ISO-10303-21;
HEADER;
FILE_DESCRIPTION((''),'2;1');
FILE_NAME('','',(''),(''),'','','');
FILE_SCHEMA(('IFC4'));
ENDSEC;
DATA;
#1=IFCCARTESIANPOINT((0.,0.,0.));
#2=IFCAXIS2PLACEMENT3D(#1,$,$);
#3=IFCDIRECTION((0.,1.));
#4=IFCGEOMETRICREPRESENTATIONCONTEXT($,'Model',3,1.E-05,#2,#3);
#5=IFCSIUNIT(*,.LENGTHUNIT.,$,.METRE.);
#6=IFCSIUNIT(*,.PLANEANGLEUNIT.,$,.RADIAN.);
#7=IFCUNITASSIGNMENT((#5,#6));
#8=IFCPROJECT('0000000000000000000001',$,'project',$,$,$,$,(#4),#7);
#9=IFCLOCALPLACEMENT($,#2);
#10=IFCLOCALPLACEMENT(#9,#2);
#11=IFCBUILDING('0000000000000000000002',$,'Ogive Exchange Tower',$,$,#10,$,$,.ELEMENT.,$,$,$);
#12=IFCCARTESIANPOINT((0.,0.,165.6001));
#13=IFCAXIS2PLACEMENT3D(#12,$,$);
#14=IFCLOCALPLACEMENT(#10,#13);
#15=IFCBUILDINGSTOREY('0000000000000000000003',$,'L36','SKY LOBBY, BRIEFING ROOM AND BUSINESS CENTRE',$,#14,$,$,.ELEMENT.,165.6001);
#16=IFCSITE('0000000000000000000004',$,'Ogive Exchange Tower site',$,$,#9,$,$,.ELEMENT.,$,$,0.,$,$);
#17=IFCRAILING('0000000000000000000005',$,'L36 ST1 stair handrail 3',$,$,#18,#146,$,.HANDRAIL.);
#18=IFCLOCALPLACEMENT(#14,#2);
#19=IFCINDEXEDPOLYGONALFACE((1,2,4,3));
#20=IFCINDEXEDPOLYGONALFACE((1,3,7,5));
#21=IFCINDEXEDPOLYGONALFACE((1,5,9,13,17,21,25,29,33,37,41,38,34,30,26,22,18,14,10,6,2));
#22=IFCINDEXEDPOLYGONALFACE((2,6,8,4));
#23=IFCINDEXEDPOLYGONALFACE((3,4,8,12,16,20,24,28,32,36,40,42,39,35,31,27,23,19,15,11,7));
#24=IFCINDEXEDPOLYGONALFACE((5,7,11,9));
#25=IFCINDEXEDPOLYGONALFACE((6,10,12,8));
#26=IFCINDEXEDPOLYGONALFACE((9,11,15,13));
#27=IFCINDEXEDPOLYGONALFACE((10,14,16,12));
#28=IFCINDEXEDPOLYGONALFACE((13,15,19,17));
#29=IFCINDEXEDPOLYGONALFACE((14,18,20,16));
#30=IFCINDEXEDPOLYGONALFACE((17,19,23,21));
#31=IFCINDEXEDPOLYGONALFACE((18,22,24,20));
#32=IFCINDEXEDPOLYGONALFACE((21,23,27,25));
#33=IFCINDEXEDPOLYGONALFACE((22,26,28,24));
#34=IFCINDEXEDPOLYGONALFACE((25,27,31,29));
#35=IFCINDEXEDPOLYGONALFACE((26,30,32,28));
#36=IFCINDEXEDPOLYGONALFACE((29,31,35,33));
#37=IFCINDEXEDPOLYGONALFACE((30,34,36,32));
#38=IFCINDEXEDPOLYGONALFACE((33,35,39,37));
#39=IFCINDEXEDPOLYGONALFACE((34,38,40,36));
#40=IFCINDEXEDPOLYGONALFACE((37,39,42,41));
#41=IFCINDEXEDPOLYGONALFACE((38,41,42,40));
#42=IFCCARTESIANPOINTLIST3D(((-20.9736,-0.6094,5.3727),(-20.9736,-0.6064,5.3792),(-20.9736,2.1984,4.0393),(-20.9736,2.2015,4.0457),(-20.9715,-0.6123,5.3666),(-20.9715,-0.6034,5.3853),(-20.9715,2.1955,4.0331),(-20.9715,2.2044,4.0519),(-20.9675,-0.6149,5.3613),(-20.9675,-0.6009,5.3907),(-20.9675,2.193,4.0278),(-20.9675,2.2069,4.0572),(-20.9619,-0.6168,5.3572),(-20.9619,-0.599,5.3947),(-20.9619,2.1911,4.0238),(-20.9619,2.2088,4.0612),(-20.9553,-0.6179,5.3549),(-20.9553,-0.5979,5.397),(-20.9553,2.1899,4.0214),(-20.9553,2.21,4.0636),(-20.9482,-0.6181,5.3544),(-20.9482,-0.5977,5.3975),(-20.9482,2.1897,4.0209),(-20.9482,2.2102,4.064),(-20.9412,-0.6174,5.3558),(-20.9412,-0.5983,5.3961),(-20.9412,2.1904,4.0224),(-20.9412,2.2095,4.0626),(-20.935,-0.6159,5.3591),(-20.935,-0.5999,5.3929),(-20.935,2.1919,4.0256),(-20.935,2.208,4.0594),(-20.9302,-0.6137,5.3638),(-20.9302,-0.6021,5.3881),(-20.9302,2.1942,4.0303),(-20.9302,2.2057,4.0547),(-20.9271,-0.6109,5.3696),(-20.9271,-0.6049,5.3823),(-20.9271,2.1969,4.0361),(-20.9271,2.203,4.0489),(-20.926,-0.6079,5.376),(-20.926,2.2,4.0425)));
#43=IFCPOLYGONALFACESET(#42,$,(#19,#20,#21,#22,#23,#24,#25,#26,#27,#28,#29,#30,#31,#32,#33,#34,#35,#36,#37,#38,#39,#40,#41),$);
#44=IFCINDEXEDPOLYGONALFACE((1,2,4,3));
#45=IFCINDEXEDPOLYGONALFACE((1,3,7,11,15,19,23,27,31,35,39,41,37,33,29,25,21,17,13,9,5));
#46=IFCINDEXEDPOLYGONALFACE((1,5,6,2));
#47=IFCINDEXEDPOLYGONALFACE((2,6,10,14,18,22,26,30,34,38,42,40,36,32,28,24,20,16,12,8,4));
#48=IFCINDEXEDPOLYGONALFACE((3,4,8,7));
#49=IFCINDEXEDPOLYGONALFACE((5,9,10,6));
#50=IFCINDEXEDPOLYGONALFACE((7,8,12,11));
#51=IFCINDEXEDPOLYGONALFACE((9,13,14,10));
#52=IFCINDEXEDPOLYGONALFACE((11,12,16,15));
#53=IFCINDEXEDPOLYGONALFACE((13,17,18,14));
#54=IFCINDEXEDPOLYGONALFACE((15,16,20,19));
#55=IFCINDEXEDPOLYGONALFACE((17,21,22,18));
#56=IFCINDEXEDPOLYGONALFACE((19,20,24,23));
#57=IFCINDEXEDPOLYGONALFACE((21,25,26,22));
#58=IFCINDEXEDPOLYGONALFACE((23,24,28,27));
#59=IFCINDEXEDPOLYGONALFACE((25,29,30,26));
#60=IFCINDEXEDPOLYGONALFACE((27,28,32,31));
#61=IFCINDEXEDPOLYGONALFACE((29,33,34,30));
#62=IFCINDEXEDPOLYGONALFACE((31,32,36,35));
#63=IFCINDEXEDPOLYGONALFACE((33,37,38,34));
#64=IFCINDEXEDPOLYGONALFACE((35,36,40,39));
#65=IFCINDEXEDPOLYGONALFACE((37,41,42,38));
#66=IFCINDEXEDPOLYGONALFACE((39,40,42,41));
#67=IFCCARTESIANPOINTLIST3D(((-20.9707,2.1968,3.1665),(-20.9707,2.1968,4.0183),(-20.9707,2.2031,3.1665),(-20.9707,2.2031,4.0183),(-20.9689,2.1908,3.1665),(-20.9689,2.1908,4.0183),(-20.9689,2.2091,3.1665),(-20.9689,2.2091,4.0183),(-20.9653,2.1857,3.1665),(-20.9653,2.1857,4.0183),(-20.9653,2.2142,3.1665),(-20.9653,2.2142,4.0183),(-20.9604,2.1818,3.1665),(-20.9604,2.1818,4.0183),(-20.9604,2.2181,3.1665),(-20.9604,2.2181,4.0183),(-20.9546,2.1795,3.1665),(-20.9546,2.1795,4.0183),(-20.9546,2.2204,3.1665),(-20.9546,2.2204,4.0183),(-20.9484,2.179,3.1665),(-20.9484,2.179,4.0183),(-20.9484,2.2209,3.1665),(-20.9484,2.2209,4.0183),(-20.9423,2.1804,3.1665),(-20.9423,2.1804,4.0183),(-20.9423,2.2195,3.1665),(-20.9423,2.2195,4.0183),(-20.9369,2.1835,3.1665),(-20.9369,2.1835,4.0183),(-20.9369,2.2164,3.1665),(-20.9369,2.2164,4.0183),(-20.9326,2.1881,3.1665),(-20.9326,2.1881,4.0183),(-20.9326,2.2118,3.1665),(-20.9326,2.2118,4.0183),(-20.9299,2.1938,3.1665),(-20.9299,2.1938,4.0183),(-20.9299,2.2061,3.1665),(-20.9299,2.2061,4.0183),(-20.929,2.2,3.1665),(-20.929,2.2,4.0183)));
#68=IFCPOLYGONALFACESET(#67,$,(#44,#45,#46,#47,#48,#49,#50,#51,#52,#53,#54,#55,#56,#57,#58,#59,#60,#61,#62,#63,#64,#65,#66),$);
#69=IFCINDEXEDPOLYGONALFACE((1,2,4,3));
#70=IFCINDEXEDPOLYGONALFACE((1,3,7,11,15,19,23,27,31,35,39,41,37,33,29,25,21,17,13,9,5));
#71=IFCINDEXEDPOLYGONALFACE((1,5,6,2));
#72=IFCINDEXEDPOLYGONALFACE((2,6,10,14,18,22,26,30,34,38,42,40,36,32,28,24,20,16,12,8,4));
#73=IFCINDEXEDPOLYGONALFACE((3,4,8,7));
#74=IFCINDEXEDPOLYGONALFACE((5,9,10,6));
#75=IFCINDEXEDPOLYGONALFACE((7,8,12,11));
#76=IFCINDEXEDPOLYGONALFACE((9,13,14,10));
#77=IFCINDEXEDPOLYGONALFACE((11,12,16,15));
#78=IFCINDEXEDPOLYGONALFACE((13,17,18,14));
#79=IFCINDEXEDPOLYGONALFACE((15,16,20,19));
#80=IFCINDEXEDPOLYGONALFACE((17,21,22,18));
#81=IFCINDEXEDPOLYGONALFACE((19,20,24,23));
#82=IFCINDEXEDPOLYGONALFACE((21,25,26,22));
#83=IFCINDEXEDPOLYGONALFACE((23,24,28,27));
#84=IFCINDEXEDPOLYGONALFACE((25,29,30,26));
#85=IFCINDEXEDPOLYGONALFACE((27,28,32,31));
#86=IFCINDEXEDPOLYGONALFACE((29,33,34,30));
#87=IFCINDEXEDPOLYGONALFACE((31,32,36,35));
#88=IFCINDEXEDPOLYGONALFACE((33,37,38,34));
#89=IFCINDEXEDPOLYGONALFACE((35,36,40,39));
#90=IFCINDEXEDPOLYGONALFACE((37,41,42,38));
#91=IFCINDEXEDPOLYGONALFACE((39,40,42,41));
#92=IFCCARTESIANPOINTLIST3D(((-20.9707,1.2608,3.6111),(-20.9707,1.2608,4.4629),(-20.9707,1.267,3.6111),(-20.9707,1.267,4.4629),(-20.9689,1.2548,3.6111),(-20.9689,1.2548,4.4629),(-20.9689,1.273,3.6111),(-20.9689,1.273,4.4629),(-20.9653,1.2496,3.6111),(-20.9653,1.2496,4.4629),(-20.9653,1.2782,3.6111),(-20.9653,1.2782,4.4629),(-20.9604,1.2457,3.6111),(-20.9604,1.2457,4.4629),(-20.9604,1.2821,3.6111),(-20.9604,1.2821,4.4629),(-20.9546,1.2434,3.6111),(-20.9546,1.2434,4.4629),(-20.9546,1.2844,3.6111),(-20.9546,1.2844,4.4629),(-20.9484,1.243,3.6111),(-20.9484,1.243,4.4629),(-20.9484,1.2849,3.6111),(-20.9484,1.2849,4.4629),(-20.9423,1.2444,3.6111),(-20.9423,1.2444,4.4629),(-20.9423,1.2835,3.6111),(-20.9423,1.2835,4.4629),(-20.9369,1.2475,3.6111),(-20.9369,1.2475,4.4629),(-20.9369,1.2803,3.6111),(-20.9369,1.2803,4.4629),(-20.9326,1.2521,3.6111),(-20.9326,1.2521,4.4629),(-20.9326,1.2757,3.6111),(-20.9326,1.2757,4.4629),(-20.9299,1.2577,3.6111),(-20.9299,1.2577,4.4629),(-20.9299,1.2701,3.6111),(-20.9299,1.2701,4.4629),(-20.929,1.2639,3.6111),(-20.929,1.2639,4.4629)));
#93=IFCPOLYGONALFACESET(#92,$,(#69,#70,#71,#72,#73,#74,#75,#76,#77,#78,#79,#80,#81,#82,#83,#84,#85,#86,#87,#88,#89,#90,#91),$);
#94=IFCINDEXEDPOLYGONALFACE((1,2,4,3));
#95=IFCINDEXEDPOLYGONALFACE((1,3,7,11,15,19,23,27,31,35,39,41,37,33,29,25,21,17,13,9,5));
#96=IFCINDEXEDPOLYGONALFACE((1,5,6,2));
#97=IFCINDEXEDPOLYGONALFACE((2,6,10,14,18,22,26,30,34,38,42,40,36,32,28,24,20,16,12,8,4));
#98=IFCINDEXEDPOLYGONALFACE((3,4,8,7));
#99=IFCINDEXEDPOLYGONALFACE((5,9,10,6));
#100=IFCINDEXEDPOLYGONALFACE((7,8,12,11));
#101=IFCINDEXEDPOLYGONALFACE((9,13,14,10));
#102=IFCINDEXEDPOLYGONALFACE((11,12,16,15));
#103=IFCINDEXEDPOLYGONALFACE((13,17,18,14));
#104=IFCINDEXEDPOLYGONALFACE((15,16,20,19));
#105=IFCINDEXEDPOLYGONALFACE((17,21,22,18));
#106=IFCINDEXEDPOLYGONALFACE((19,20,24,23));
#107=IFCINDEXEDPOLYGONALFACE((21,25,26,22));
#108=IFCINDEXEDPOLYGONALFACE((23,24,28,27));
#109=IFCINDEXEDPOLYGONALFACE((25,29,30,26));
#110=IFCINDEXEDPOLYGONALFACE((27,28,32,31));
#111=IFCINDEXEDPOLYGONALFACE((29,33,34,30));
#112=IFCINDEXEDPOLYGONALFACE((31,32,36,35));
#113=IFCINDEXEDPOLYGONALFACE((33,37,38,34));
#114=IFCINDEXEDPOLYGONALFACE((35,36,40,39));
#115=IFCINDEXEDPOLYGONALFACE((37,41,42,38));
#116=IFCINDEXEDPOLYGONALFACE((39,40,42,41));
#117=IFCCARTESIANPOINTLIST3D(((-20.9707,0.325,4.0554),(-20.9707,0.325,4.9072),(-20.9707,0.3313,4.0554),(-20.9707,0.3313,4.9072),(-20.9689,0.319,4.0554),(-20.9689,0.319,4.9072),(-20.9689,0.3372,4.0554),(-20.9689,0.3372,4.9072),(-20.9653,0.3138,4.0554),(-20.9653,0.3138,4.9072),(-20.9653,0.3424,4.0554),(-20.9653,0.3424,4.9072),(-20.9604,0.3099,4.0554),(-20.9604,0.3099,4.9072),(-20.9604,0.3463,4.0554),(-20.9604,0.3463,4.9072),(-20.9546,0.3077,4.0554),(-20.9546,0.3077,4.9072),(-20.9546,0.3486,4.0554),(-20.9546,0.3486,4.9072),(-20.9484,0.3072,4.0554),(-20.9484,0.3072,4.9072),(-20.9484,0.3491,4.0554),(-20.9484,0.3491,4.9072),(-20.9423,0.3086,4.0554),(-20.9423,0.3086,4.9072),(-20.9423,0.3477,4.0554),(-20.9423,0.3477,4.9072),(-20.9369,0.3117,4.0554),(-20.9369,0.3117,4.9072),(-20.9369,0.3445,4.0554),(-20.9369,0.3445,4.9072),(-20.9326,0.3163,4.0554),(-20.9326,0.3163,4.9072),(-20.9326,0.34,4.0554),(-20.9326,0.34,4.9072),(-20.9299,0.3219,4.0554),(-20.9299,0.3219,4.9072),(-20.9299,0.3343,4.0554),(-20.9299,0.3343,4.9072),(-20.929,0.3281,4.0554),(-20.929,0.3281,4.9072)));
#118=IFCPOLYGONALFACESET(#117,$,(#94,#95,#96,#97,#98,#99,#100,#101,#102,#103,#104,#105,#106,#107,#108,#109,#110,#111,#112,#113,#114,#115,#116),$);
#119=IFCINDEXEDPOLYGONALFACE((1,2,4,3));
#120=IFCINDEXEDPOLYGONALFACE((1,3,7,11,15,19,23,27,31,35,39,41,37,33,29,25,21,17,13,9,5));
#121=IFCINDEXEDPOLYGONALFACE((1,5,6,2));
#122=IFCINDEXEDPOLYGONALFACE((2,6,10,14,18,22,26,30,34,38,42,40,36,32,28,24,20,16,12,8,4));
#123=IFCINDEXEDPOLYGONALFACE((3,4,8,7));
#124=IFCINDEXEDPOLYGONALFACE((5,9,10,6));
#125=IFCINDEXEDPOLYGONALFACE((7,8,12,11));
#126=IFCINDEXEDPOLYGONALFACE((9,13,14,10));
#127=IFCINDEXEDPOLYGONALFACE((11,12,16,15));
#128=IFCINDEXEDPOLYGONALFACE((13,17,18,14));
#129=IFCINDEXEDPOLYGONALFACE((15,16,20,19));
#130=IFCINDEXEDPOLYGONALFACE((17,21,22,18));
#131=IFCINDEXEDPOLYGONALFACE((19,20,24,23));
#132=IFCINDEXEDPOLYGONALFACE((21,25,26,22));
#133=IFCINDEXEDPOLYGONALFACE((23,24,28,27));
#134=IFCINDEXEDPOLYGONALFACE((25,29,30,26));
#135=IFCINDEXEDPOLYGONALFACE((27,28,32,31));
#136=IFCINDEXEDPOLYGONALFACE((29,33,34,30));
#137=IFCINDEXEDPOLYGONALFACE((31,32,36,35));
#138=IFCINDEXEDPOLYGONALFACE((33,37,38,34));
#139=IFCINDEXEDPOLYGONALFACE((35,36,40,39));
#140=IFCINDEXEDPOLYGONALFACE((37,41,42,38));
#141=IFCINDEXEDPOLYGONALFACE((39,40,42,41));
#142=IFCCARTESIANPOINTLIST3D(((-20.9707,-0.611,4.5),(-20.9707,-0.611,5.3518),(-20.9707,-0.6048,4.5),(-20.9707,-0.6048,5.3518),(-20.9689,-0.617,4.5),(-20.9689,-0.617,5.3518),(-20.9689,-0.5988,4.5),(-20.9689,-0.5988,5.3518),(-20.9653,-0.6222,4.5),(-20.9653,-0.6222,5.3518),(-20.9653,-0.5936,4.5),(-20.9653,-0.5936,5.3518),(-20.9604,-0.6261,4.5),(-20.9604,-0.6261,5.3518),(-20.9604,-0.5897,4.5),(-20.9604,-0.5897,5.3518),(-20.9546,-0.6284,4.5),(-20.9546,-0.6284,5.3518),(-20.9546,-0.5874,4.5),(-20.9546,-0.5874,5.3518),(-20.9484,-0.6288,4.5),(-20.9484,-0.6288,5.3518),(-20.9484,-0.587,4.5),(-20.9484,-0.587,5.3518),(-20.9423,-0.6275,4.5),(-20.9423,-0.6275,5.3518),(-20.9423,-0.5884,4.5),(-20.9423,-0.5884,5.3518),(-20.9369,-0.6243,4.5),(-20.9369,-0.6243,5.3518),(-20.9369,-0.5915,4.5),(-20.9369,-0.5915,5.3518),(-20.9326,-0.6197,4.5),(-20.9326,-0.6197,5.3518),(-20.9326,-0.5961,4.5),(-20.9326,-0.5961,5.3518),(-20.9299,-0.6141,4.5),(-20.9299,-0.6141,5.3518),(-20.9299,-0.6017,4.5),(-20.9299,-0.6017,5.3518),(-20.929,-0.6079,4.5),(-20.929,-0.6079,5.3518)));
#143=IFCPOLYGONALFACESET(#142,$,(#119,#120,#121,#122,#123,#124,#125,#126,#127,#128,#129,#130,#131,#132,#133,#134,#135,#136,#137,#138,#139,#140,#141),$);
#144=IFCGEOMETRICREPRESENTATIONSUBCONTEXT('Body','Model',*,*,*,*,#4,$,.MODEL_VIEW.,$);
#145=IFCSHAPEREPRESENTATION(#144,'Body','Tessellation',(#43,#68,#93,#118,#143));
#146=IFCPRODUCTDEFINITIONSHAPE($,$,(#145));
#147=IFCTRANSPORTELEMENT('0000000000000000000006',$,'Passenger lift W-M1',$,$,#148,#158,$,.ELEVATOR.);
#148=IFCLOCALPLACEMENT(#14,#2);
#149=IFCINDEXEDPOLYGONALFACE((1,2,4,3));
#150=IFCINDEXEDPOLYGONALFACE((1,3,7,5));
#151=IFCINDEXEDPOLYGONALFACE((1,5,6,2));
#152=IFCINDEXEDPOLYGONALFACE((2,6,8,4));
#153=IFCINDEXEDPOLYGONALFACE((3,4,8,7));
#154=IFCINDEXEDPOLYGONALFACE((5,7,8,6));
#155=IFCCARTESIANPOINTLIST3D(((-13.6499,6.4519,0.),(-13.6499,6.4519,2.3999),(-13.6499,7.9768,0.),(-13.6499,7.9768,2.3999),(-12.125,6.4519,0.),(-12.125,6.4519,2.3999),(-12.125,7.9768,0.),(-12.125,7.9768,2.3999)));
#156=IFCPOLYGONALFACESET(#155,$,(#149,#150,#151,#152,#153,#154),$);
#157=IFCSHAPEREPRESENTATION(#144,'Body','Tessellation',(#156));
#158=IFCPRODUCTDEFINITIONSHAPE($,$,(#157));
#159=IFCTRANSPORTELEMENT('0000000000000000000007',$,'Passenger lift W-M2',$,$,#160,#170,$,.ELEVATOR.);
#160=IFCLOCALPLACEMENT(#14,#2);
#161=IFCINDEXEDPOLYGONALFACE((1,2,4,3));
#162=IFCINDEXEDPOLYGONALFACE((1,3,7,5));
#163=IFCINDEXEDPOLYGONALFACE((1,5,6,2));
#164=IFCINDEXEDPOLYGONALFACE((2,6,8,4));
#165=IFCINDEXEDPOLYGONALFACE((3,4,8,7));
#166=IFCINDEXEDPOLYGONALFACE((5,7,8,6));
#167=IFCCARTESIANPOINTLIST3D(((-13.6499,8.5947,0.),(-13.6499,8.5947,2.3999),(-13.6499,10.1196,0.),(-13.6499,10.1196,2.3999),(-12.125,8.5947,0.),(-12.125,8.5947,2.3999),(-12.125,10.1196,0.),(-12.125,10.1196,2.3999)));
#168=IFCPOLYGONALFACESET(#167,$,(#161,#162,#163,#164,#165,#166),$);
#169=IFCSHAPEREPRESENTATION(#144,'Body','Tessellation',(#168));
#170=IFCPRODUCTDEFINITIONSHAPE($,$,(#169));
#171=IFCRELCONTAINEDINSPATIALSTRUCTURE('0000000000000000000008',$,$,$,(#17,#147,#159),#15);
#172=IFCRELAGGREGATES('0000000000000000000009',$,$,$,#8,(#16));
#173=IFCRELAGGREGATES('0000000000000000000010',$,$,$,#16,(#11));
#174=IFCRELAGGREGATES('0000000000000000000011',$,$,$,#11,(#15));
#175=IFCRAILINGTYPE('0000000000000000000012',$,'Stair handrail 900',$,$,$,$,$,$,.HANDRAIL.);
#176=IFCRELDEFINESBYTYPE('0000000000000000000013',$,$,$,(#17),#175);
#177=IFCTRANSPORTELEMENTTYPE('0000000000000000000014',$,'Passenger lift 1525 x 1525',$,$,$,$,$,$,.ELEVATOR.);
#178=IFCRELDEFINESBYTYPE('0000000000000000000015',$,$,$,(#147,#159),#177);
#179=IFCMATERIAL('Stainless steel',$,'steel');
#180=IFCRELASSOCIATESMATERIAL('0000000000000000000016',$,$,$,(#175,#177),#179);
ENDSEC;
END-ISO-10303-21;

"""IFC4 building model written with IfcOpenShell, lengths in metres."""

from ifc_helpers import new_model, si_unit, direction, frame, origin, origin_2d, place, context, subcontext, project, spatial, rectangle, circle, extrude, material, type_object, element, save


model = new_model("IFC4")

# Units and contexts
model_context = context("Model", 3, precision=1e-05, world=origin(), true_north=direction((0.0, 1.0)))
body_context = subcontext(model_context, "Body", "Model", "MODEL_VIEW")
ifc_project = project(units=[si_unit("LENGTHUNIT", "METRE"), si_unit("PLANEANGLEUNIT", "RADIAN")], contexts=[model_context])

# Site, building, storey
site_placement = place(None, origin())
site = spatial("IfcSite", under=ifc_project, at=site_placement, Name="Ogive Exchange Tower site", CompositionType="ELEMENT", RefElevation=0.0)
building_placement = place(site_placement, origin())
building = spatial("IfcBuilding", under=site, at=building_placement, Name="Ogive Exchange Tower", CompositionType="ELEMENT")
storey_placement = place(building_placement, frame((0.0, 0.0, 165.6001)))
storey = spatial("IfcBuildingStorey", under=building, at=storey_placement, Name="L36", Description="SKY LOBBY, BRIEFING ROOM AND BUSINESS CENTRE", CompositionType="ELEMENT", Elevation=165.6001)

# Shared definitions
ifc_material_1 = material(Name="Stainless steel", Category="steel")

# Railing
railing_type = type_object("IfcRailingType", Name="Stair handrail 900", PredefinedType="HANDRAIL", material=ifc_material_1)
for number, where, name in (
    (1, (-20.95, 2.2, 3.1665), "L36 ST1 stair handrail 3"),
):
    element("IfcRailing", number, at=place(storey_placement, frame(where)), inside=storey, type_object=railing_type, Name=name, PredefinedType="HANDRAIL", context=body_context, shape_type="SweptSolid", body=[
        extrude(circle(Radius=0.0239, at=origin_2d()), frame((0.0, 0.0, 0.876), z_axis=(0.0, -0.903307, 0.428994), x_axis=(1.0, 0.0, 0.0)), (0.0, 0.0, 1.0), 3.1084),
        extrude(circle(Radius=0.021, at=origin_2d()), origin(), (0.0, 0.0, 1.0), 0.8518),
        extrude(circle(Radius=0.021, at=origin_2d()), frame((0.0, -0.936, 0.4446)), (0.0, 0.0, 1.0), 0.8518),
        extrude(circle(Radius=0.021, at=origin_2d()), frame((0.0, -1.8718, 0.8889)), (0.0, 0.0, 1.0), 0.8518),
        extrude(circle(Radius=0.021, at=origin_2d()), frame((0.0, -2.8079, 1.3335)), (0.0, 0.0, 1.0), 0.8518),
    ])

# Transport elements
transport_element_type = type_object("IfcTransportElementType", Name="Passenger lift 1525 x 1525", PredefinedType="ELEVATOR", material=ifc_material_1)
for number, where, z_axis, x_axis, name in (
    (2, (-12.8875, 7.2144, 0.0), (0.0, 0.0, 1.0), (1.0, 0.0, 0.0), "Passenger lift W-M1"),
    (3, (-12.8875, 9.3572, 0.0), (0.0, 0.0, 1.0), (1.0, 0.0, 0.0), "Passenger lift W-M2"),
):
    element("IfcTransportElement", number, at=place(storey_placement, frame(where, z_axis=z_axis, x_axis=x_axis)), inside=storey, type_object=transport_element_type, Name=name, PredefinedType="ELEVATOR", context=body_context, shape_type="SweptSolid", body=[
        extrude(rectangle(XDim=1.5249, YDim=1.5249, at=origin_2d()), origin(), (0.0, 0.0, 1.0), 2.3999),
    ])

save(model, "model.ifc")
